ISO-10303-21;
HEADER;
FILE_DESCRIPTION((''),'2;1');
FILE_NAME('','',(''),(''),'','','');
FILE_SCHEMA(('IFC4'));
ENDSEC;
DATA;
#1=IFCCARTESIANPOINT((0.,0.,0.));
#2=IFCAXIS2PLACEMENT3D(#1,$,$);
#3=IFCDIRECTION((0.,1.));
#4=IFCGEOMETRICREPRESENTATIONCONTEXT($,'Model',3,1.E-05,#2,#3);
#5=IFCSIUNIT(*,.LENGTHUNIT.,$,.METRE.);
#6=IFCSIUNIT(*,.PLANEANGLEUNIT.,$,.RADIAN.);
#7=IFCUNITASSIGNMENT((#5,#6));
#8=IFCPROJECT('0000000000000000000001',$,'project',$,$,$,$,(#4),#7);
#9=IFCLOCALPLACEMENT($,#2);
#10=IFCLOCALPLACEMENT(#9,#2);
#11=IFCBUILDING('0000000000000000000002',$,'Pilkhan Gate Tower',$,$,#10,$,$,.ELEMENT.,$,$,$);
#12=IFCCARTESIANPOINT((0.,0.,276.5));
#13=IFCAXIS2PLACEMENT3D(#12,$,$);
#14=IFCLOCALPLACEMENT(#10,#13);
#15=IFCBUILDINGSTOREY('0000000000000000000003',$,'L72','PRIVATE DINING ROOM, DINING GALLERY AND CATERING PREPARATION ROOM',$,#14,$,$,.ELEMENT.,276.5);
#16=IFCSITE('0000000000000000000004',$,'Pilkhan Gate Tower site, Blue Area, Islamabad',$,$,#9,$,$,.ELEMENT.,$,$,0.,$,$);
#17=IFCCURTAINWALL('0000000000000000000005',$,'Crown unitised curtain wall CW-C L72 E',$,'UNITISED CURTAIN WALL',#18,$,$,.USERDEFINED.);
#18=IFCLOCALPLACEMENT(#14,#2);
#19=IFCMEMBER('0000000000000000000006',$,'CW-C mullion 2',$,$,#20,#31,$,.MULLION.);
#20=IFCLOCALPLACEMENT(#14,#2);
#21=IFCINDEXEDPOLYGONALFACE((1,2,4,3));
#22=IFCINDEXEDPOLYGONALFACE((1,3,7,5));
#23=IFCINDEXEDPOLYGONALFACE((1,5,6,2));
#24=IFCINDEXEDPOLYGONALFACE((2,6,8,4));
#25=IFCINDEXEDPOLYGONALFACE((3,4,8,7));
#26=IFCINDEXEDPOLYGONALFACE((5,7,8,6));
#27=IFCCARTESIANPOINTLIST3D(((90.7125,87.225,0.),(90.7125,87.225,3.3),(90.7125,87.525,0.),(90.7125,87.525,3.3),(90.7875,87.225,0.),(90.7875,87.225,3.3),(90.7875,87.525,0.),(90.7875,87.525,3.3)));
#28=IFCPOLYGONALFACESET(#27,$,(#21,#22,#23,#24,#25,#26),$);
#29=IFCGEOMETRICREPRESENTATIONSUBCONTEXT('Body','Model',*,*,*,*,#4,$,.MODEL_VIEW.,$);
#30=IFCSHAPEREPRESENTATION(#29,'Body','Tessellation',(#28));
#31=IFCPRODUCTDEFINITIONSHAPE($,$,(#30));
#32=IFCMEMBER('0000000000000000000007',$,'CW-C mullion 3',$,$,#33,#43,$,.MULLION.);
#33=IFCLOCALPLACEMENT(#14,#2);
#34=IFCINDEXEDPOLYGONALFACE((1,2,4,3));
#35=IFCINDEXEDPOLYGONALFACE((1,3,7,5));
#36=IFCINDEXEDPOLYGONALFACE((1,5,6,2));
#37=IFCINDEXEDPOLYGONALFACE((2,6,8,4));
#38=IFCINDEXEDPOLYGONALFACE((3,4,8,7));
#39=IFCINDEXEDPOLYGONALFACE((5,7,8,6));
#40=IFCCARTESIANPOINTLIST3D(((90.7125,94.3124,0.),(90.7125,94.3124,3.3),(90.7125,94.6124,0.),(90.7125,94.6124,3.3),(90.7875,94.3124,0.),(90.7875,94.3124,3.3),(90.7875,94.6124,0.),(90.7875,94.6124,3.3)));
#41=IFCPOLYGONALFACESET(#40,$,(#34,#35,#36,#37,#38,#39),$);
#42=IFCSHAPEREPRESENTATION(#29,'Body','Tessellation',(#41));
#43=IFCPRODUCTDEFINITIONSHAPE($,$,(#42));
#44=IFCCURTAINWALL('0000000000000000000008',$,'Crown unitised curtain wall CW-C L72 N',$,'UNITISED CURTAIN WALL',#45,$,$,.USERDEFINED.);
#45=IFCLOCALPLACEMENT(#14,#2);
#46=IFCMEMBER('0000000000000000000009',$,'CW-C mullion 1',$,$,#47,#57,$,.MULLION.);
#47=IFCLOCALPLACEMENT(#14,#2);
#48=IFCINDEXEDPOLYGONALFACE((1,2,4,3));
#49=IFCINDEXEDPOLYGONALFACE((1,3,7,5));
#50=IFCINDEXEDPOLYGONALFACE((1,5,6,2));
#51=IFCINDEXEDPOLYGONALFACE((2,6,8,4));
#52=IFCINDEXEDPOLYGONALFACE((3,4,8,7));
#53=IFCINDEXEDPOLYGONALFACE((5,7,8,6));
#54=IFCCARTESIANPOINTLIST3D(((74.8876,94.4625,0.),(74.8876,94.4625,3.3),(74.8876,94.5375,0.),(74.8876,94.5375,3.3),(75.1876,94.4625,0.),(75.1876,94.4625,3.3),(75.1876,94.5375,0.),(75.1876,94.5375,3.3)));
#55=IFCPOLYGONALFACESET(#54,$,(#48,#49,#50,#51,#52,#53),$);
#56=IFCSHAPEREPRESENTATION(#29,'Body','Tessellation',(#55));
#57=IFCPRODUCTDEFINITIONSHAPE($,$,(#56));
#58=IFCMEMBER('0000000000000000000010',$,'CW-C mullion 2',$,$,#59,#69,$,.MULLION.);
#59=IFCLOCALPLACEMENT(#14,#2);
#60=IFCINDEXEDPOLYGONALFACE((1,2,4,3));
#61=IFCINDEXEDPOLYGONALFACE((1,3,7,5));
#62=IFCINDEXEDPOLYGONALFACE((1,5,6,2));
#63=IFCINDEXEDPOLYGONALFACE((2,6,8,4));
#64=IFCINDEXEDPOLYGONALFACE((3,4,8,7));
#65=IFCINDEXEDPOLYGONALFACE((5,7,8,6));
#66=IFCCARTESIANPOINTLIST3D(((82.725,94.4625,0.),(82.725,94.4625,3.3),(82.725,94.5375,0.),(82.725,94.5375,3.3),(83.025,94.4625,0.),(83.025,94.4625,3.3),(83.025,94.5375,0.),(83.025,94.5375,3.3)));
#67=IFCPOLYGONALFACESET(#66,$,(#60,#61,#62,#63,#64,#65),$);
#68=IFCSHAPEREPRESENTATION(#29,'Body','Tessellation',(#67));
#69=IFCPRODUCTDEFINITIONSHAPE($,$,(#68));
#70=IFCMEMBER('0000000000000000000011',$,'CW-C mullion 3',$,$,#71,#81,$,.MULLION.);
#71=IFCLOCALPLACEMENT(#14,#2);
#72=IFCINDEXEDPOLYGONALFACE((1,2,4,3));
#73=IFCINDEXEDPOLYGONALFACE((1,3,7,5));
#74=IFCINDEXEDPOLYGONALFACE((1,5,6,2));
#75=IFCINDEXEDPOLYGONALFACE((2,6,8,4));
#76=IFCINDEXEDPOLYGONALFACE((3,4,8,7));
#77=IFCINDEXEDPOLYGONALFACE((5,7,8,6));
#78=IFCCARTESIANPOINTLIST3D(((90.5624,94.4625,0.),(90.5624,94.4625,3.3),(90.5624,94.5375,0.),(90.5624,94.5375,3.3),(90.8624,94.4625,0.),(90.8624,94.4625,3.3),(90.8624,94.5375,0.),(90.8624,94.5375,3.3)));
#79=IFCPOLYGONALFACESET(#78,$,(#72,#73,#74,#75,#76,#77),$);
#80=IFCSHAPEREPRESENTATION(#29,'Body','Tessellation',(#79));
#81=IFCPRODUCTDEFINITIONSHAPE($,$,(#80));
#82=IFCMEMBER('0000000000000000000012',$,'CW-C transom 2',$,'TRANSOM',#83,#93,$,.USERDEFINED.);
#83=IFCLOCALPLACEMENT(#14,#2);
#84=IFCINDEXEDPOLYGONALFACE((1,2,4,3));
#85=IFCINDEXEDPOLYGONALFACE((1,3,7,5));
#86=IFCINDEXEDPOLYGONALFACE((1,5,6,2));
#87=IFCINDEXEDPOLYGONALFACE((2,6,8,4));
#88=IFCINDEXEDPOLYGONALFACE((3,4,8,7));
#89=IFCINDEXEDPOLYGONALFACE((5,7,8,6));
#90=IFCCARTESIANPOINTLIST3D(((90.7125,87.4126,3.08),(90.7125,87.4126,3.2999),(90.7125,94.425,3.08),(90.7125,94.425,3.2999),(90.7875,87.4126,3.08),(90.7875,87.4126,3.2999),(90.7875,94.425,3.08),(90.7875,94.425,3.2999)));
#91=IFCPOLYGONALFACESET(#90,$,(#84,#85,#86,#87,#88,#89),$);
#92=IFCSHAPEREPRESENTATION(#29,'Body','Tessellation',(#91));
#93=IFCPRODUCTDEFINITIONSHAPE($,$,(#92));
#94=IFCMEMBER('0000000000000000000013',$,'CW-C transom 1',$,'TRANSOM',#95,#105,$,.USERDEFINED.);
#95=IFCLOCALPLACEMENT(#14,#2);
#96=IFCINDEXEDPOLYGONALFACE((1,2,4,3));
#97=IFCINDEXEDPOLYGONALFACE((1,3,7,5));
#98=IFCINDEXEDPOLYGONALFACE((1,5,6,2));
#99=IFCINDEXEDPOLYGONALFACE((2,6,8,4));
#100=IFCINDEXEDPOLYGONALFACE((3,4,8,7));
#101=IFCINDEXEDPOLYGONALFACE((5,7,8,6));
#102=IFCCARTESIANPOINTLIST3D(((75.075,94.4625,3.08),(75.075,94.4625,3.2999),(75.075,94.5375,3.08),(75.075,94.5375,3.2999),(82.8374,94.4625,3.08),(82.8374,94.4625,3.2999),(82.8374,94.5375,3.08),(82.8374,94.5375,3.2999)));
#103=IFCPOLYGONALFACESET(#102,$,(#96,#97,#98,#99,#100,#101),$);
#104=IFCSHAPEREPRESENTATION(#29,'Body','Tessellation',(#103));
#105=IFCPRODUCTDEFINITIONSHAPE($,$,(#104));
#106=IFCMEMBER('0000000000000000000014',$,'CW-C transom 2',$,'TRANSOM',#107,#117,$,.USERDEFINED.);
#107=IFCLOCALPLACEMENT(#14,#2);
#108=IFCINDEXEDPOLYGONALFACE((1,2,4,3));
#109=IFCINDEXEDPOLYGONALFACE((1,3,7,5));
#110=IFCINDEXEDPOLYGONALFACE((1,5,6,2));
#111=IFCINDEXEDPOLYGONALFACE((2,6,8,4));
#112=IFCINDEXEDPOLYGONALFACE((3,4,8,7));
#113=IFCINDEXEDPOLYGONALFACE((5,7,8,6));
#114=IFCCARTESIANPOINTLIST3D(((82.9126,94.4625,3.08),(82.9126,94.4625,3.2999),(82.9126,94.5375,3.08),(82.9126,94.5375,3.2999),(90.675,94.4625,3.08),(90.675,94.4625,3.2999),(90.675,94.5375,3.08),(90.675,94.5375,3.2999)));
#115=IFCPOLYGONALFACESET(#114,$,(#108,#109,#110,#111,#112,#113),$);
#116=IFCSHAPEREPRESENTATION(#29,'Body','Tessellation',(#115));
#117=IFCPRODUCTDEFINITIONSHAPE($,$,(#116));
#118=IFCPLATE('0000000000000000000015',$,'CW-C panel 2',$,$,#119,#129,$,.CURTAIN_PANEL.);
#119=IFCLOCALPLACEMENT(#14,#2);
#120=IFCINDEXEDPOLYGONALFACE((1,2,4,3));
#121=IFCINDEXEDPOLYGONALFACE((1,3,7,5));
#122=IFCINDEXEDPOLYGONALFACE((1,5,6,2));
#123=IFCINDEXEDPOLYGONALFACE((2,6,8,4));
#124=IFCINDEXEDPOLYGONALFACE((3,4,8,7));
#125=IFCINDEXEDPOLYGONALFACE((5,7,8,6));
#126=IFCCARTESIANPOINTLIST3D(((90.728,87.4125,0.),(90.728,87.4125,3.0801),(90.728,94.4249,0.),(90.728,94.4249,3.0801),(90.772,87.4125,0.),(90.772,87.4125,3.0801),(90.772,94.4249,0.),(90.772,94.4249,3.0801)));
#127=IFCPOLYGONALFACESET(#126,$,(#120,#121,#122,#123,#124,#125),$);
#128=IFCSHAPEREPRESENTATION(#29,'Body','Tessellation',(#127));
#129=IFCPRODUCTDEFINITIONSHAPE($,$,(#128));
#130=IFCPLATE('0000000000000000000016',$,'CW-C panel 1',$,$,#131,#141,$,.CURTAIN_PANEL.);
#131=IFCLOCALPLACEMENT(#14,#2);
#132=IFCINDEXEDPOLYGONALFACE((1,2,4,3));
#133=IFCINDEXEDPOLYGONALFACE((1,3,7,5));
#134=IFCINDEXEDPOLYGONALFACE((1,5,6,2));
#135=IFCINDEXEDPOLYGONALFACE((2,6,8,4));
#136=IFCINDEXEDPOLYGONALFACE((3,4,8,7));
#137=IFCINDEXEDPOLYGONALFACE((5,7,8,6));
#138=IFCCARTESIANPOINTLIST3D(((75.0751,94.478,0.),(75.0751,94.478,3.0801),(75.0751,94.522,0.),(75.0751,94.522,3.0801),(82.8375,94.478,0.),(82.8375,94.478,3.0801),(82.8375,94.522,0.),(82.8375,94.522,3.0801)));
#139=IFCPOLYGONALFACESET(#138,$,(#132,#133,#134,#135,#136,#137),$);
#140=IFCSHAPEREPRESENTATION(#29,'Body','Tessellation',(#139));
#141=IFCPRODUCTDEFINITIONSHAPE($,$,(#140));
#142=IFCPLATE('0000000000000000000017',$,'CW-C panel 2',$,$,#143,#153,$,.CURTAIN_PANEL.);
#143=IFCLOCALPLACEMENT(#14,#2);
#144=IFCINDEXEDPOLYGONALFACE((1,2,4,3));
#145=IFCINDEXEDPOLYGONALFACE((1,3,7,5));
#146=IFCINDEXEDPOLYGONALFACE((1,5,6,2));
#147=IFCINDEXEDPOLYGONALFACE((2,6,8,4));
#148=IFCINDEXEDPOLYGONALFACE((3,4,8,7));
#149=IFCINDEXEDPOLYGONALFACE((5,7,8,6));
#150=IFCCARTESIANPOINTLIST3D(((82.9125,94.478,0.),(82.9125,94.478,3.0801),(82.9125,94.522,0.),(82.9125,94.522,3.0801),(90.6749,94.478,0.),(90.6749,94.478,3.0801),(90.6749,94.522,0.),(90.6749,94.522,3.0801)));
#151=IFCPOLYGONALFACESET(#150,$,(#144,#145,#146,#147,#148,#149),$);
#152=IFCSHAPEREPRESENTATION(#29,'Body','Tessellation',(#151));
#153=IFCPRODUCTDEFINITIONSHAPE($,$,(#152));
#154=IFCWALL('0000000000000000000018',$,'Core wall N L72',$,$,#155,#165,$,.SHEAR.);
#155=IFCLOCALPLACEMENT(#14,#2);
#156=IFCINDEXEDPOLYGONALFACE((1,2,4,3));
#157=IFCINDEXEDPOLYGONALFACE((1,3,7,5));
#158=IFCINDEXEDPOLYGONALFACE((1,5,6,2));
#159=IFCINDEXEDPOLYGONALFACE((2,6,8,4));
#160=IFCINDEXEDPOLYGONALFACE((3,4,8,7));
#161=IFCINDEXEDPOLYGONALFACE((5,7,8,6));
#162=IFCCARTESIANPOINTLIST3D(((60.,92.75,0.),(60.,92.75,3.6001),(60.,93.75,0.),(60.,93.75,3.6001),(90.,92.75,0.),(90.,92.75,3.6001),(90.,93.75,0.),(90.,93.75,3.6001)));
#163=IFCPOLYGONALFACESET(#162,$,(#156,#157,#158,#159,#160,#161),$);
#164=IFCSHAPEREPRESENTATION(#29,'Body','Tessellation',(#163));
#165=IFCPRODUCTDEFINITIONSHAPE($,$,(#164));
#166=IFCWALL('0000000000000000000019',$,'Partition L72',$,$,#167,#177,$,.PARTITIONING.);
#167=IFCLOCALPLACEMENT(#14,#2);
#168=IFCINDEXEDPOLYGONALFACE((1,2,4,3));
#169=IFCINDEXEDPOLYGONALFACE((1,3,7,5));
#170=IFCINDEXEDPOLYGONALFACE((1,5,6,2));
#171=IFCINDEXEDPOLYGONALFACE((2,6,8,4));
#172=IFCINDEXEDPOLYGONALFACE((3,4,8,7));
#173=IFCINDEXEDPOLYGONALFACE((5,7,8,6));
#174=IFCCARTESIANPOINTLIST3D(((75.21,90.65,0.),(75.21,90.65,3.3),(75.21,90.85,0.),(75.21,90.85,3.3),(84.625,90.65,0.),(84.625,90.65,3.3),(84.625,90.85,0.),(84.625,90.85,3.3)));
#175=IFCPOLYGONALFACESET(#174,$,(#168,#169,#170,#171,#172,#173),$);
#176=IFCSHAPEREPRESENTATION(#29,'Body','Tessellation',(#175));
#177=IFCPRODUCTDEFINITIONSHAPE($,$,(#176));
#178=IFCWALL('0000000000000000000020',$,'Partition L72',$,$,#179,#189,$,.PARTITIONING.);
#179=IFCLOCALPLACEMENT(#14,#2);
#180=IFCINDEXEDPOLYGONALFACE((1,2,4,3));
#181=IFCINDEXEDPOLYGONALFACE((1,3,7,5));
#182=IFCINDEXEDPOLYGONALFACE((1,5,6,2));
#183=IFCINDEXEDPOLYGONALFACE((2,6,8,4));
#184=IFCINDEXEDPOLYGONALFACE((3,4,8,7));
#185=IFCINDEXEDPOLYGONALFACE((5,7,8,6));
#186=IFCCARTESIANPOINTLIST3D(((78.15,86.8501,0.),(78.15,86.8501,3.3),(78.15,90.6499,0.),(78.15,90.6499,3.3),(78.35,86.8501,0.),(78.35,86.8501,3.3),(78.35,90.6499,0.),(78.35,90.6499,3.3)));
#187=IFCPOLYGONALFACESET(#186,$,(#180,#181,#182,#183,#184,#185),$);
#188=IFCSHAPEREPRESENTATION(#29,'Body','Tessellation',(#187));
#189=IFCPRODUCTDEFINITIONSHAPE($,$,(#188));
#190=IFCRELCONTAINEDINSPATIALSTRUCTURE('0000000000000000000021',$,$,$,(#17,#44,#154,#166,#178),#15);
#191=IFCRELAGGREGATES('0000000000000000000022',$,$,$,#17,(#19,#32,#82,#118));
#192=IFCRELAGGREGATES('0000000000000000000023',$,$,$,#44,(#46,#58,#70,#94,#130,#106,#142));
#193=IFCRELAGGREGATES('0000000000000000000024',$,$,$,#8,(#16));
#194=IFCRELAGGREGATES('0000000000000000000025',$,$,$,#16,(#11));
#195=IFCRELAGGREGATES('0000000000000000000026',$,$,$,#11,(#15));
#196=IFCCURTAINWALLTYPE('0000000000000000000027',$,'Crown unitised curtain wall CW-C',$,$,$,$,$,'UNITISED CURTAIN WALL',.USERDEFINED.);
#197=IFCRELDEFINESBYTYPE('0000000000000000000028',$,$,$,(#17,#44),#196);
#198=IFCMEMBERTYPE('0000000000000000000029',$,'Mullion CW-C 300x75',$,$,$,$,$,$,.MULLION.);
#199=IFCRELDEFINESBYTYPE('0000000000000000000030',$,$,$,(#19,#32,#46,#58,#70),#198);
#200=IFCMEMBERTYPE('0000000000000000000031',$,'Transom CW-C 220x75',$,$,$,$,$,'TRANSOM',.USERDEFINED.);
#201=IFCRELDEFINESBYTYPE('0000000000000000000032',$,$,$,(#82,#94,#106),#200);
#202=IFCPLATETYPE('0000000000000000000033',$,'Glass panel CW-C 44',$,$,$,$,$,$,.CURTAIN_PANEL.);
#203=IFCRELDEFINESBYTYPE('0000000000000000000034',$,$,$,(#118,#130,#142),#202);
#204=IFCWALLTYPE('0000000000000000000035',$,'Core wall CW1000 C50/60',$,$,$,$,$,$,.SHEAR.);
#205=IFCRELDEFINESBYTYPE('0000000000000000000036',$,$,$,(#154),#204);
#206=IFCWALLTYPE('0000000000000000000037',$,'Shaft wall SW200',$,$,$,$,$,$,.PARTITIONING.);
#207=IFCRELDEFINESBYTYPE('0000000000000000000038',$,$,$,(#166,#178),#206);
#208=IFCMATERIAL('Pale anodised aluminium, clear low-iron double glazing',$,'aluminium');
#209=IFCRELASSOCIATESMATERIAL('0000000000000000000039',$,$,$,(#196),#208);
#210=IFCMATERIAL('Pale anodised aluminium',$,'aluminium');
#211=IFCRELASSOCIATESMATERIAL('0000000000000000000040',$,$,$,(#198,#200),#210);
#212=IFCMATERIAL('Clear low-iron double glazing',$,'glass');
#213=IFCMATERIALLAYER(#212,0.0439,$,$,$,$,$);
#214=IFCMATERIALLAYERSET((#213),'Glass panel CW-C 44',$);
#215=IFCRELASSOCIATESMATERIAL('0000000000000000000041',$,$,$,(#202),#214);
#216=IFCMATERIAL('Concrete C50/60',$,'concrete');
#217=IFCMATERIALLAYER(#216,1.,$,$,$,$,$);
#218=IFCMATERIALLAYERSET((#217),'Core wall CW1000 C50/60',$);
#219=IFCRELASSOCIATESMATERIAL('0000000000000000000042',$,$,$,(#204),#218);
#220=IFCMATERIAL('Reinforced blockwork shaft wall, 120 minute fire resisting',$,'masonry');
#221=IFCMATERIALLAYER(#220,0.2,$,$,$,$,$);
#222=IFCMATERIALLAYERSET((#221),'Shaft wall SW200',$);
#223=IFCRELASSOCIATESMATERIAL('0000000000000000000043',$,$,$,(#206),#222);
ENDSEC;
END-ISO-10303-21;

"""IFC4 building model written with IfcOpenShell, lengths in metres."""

from ifc_helpers import new_model, si_unit, direction, frame, frame_2d, origin, origin_2d, place, context, subcontext, project, spatial, rectangle, extrude, material, layer, layer_set, material_profile, profile_set, type_object, element, aggregate, save


model = new_model("IFC4")

# Units and contexts
model_context = context("Model", 3, precision=1e-05, world=origin(), true_north=direction((0.0, 1.0)))
body_context = subcontext(model_context, "Body", "Model", "MODEL_VIEW")
ifc_project = project(units=[si_unit("LENGTHUNIT", "METRE"), si_unit("PLANEANGLEUNIT", "RADIAN")], contexts=[model_context])

# Site, building, storey
site_placement = place(None, origin())
site = spatial("IfcSite", under=ifc_project, at=site_placement, Name="Pilkhan Gate Tower site, Blue Area, Islamabad", CompositionType="ELEMENT", RefElevation=0.0)
building_placement = place(site_placement, origin())
building = spatial("IfcBuilding", under=site, at=building_placement, Name="Pilkhan Gate Tower", CompositionType="ELEMENT")
storey_placement = place(building_placement, frame((0.0, 0.0, 276.5)))
storey = spatial("IfcBuildingStorey", under=building, at=storey_placement, Name="L72", Description="PRIVATE DINING ROOM, DINING GALLERY AND CATERING PREPARATION ROOM", CompositionType="ELEMENT", Elevation=276.5)

# Curtain walls, members
ifc_material_1 = material(Name="Pale anodised aluminium, clear low-iron double glazing", Category="aluminium")
curtain_wall_type = type_object("IfcCurtainWallType", Name="Crown unitised curtain wall CW-C", ElementType="UNITISED CURTAIN WALL", PredefinedType="USERDEFINED", material=ifc_material_1)
curtain_wall_1_placement = place(storey_placement, origin())
curtain_wall_1 = element("IfcCurtainWall", 1, at=curtain_wall_1_placement, inside=storey, type_object=curtain_wall_type, Name="Crown unitised curtain wall CW-C L72 E", ObjectType="UNITISED CURTAIN WALL", PredefinedType="USERDEFINED")
ifc_material_2 = material(Name="Pale anodised aluminium", Category="aluminium")
ifc_material_profile_1 = material_profile(ifc_material_2, rectangle(XDim=0.075, YDim=0.3, at=origin_2d()), Name="Mullion 300x75")
ifc_profile_set_1 = profile_set([ifc_material_profile_1], Name="Pale anodised aluminium")
member_type_1 = type_object("IfcMemberType", Name="Mullion CW-C 300x75", PredefinedType="MULLION", material=ifc_profile_set_1)
member_1_placement = place(storey_placement, frame((90.75, 87.375, 0.0), z_axis=(0.0, 0.0, 1.0), x_axis=(-1.0, 0.0, 0.0)))
member_1 = element("IfcMember", 2, at=member_1_placement, type_object=member_type_1, Name="CW-C mullion 2", PredefinedType="MULLION", context=body_context, shape_type="SweptSolid", body=[
    extrude(rectangle(XDim=0.075, YDim=0.3, at=origin_2d()), origin(), (0.0, 0.0, 1.0), 3.3),
])
member_2_placement = place(storey_placement, frame((90.75, 94.4624, 0.0), z_axis=(0.0, 0.0, 1.0), x_axis=(-1.0, 0.0, 0.0)))
member_2 = element("IfcMember", 3, at=member_2_placement, type_object=member_type_1, Name="CW-C mullion 3", PredefinedType="MULLION", context=body_context, shape_type="SweptSolid", body=[
    extrude(rectangle(XDim=0.075, YDim=0.3, at=origin_2d()), origin(), (0.0, 0.0, 1.0), 3.3),
])
curtain_wall_2_placement = place(storey_placement, origin())
curtain_wall_2 = element("IfcCurtainWall", 4, at=curtain_wall_2_placement, inside=storey, type_object=curtain_wall_type, Name="Crown unitised curtain wall CW-C L72 N", ObjectType="UNITISED CURTAIN WALL", PredefinedType="USERDEFINED")
member_3_placement = place(storey_placement, frame((75.0376, 94.5, 0.0), z_axis=(0.0, 0.0, 1.0), x_axis=(0.0, 1.0, 0.0)))
member_3 = element("IfcMember", 5, at=member_3_placement, type_object=member_type_1, Name="CW-C mullion 1", PredefinedType="MULLION", context=body_context, shape_type="SweptSolid", body=[
    extrude(rectangle(XDim=0.075, YDim=0.3, at=origin_2d()), origin(), (0.0, 0.0, 1.0), 3.3),
])
member_4_placement = place(storey_placement, frame((82.875, 94.5, 0.0), z_axis=(0.0, 0.0, 1.0), x_axis=(0.0, 1.0, 0.0)))
member_4 = element("IfcMember", 6, at=member_4_placement, type_object=member_type_1, Name="CW-C mullion 2", PredefinedType="MULLION", context=body_context, shape_type="SweptSolid", body=[
    extrude(rectangle(XDim=0.075, YDim=0.3, at=origin_2d()), origin(), (0.0, 0.0, 1.0), 3.3),
])
member_5_placement = place(storey_placement, frame((90.7124, 94.5, 0.0), z_axis=(0.0, 0.0, 1.0), x_axis=(0.0, 1.0, 0.0)))
member_5 = element("IfcMember", 7, at=member_5_placement, type_object=member_type_1, Name="CW-C mullion 3", PredefinedType="MULLION", context=body_context, shape_type="SweptSolid", body=[
    extrude(rectangle(XDim=0.075, YDim=0.3, at=origin_2d()), origin(), (0.0, 0.0, 1.0), 3.3),
])

# Members
ifc_material_profile_2 = material_profile(ifc_material_2, rectangle(XDim=0.075, YDim=0.22, at=origin_2d()), Name="Transom 220x75")
ifc_profile_set_2 = profile_set([ifc_material_profile_2], Name="Pale anodised aluminium")
member_type_2 = type_object("IfcMemberType", Name="Transom CW-C 220x75", ElementType="TRANSOM", PredefinedType="USERDEFINED", material=ifc_profile_set_2)
member_6_placement = place(storey_placement, frame((90.75, 87.4126, 3.1899), z_axis=(0.0, 1.0, 0.0), x_axis=(-1.0, 0.0, 0.0)))
member_6 = element("IfcMember", 8, at=member_6_placement, type_object=member_type_2, Name="CW-C transom 2", ObjectType="TRANSOM", PredefinedType="USERDEFINED", context=body_context, shape_type="SweptSolid", body=[
    extrude(rectangle(XDim=0.075, YDim=0.22, at=origin_2d()), origin(), (0.0, 0.0, 1.0), 7.0125),
])
member_7_placement = place(storey_placement, frame((75.075, 94.5, 3.1899), z_axis=(1.0, 0.0, 0.0), x_axis=(0.0, 1.0, 0.0)))
member_7 = element("IfcMember", 9, at=member_7_placement, type_object=member_type_2, Name="CW-C transom 1", ObjectType="TRANSOM", PredefinedType="USERDEFINED", context=body_context, shape_type="SweptSolid", body=[
    extrude(rectangle(XDim=0.075, YDim=0.22, at=origin_2d()), origin(), (0.0, 0.0, 1.0), 7.7625),
])
member_8_placement = place(storey_placement, frame((82.9126, 94.5, 3.1899), z_axis=(1.0, 0.0, 0.0), x_axis=(0.0, 1.0, 0.0)))
member_8 = element("IfcMember", 10, at=member_8_placement, type_object=member_type_2, Name="CW-C transom 2", ObjectType="TRANSOM", PredefinedType="USERDEFINED", context=body_context, shape_type="SweptSolid", body=[
    extrude(rectangle(XDim=0.075, YDim=0.22, at=origin_2d()), origin(), (0.0, 0.0, 1.0), 7.7625),
])

# Plates
ifc_material_3 = material(Name="Clear low-iron double glazing", Category="glass")
ifc_layer_1 = layer(ifc_material_3, 0.0439)
ifc_layer_set_1 = layer_set([ifc_layer_1], Name="Glass panel CW-C 44")
plate_type = type_object("IfcPlateType", Name="Glass panel CW-C 44", PredefinedType="CURTAIN_PANEL", material=ifc_layer_set_1)
plate_1_placement = place(storey_placement, frame((90.75, 90.9187, 0.0), z_axis=(0.0, 0.0, 1.0), x_axis=(0.0, 1.0, 0.0)))
plate_1 = element("IfcPlate", 11, at=plate_1_placement, type_object=plate_type, Name="CW-C panel 2", PredefinedType="CURTAIN_PANEL", context=body_context, shape_type="SweptSolid", body=[
    extrude(rectangle(XDim=7.0125, YDim=0.0439, at=origin_2d()), origin(), (0.0, 0.0, 1.0), 3.0801),
])
aggregate(curtain_wall_1, [member_1, member_2, member_6, plate_1])
plate_2_placement = place(storey_placement, frame((78.9563, 94.5, 0.0), z_axis=(0.0, 0.0, 1.0), x_axis=(1.0, 0.0, 0.0)))
plate_2 = element("IfcPlate", 12, at=plate_2_placement, type_object=plate_type, Name="CW-C panel 1", PredefinedType="CURTAIN_PANEL", context=body_context, shape_type="SweptSolid", body=[
    extrude(rectangle(XDim=7.7625, YDim=0.0439, at=origin_2d()), origin(), (0.0, 0.0, 1.0), 3.0801),
])
plate_3_placement = place(storey_placement, frame((86.7937, 94.5, 0.0), z_axis=(0.0, 0.0, 1.0), x_axis=(1.0, 0.0, 0.0)))
plate_3 = element("IfcPlate", 13, at=plate_3_placement, type_object=plate_type, Name="CW-C panel 2", PredefinedType="CURTAIN_PANEL", context=body_context, shape_type="SweptSolid", body=[
    extrude(rectangle(XDim=7.7625, YDim=0.0439, at=origin_2d()), origin(), (0.0, 0.0, 1.0), 3.0801),
])
aggregate(curtain_wall_2, [member_3, member_4, member_5, member_7, plate_2, member_8, plate_3])

# Walls
ifc_material_4 = material(Name="Concrete C50/60", Category="concrete")
ifc_layer_2 = layer(ifc_material_4, 1.0)
ifc_layer_set_2 = layer_set([ifc_layer_2], Name="Core wall CW1000 C50/60")
wall_type_1 = type_object("IfcWallType", Name="Core wall CW1000 C50/60", PredefinedType="SHEAR", material=ifc_layer_set_2)
wall_1_placement = place(storey_placement, frame((90.0, 93.25, 0.0), z_axis=(0.0, 0.0, 1.0), x_axis=(-1.0, 0.0, 0.0)))
element("IfcWall", 14, at=wall_1_placement, inside=storey, type_object=wall_type_1, Name="Core wall N L72", PredefinedType="SHEAR", context=body_context, shape_type="SweptSolid", body=[
    extrude(rectangle(XDim=30.0, YDim=1.0, at=frame_2d((15.0, 0.0))), origin(), (0.0, 0.0, 1.0), 3.6001),
])
ifc_material_5 = material(Name="Reinforced blockwork shaft wall, 120 minute fire resisting", Category="masonry")
ifc_layer_3 = layer(ifc_material_5, 0.2)
ifc_layer_set_3 = layer_set([ifc_layer_3], Name="Shaft wall SW200")
wall_type_2 = type_object("IfcWallType", Name="Shaft wall SW200", PredefinedType="PARTITIONING", material=ifc_layer_set_3)
wall_2_placement = place(storey_placement, frame((75.21, 90.75, 0.0), z_axis=(0.0, 0.0, 1.0), x_axis=(1.0, 0.0, 0.0)))
element("IfcWall", 15, at=wall_2_placement, inside=storey, type_object=wall_type_2, Name="Partition L72", PredefinedType="PARTITIONING", context=body_context, shape_type="SweptSolid", body=[
    extrude(rectangle(XDim=9.415, YDim=0.2, at=frame_2d((4.7075, 0.0))), origin(), (0.0, 0.0, 1.0), 3.3),
])
for number, where, z_axis, x_axis, name in (
    (16, (78.25, 86.8501, 0.0), (0.0, 0.0, 1.0), (0.0, 1.0, 0.0), "Partition L72"),
):
    element("IfcWall", number, at=place(storey_placement, frame(where, z_axis=z_axis, x_axis=x_axis)), inside=storey, type_object=wall_type_2, Name=name, PredefinedType="PARTITIONING", context=body_context, shape_type="SweptSolid", body=[
        extrude(rectangle(XDim=3.7998, YDim=0.2, at=frame_2d((1.8999, 0.0))), origin(), (0.0, 0.0, 1.0), 3.3),
    ])

save(model, "model.ifc")
